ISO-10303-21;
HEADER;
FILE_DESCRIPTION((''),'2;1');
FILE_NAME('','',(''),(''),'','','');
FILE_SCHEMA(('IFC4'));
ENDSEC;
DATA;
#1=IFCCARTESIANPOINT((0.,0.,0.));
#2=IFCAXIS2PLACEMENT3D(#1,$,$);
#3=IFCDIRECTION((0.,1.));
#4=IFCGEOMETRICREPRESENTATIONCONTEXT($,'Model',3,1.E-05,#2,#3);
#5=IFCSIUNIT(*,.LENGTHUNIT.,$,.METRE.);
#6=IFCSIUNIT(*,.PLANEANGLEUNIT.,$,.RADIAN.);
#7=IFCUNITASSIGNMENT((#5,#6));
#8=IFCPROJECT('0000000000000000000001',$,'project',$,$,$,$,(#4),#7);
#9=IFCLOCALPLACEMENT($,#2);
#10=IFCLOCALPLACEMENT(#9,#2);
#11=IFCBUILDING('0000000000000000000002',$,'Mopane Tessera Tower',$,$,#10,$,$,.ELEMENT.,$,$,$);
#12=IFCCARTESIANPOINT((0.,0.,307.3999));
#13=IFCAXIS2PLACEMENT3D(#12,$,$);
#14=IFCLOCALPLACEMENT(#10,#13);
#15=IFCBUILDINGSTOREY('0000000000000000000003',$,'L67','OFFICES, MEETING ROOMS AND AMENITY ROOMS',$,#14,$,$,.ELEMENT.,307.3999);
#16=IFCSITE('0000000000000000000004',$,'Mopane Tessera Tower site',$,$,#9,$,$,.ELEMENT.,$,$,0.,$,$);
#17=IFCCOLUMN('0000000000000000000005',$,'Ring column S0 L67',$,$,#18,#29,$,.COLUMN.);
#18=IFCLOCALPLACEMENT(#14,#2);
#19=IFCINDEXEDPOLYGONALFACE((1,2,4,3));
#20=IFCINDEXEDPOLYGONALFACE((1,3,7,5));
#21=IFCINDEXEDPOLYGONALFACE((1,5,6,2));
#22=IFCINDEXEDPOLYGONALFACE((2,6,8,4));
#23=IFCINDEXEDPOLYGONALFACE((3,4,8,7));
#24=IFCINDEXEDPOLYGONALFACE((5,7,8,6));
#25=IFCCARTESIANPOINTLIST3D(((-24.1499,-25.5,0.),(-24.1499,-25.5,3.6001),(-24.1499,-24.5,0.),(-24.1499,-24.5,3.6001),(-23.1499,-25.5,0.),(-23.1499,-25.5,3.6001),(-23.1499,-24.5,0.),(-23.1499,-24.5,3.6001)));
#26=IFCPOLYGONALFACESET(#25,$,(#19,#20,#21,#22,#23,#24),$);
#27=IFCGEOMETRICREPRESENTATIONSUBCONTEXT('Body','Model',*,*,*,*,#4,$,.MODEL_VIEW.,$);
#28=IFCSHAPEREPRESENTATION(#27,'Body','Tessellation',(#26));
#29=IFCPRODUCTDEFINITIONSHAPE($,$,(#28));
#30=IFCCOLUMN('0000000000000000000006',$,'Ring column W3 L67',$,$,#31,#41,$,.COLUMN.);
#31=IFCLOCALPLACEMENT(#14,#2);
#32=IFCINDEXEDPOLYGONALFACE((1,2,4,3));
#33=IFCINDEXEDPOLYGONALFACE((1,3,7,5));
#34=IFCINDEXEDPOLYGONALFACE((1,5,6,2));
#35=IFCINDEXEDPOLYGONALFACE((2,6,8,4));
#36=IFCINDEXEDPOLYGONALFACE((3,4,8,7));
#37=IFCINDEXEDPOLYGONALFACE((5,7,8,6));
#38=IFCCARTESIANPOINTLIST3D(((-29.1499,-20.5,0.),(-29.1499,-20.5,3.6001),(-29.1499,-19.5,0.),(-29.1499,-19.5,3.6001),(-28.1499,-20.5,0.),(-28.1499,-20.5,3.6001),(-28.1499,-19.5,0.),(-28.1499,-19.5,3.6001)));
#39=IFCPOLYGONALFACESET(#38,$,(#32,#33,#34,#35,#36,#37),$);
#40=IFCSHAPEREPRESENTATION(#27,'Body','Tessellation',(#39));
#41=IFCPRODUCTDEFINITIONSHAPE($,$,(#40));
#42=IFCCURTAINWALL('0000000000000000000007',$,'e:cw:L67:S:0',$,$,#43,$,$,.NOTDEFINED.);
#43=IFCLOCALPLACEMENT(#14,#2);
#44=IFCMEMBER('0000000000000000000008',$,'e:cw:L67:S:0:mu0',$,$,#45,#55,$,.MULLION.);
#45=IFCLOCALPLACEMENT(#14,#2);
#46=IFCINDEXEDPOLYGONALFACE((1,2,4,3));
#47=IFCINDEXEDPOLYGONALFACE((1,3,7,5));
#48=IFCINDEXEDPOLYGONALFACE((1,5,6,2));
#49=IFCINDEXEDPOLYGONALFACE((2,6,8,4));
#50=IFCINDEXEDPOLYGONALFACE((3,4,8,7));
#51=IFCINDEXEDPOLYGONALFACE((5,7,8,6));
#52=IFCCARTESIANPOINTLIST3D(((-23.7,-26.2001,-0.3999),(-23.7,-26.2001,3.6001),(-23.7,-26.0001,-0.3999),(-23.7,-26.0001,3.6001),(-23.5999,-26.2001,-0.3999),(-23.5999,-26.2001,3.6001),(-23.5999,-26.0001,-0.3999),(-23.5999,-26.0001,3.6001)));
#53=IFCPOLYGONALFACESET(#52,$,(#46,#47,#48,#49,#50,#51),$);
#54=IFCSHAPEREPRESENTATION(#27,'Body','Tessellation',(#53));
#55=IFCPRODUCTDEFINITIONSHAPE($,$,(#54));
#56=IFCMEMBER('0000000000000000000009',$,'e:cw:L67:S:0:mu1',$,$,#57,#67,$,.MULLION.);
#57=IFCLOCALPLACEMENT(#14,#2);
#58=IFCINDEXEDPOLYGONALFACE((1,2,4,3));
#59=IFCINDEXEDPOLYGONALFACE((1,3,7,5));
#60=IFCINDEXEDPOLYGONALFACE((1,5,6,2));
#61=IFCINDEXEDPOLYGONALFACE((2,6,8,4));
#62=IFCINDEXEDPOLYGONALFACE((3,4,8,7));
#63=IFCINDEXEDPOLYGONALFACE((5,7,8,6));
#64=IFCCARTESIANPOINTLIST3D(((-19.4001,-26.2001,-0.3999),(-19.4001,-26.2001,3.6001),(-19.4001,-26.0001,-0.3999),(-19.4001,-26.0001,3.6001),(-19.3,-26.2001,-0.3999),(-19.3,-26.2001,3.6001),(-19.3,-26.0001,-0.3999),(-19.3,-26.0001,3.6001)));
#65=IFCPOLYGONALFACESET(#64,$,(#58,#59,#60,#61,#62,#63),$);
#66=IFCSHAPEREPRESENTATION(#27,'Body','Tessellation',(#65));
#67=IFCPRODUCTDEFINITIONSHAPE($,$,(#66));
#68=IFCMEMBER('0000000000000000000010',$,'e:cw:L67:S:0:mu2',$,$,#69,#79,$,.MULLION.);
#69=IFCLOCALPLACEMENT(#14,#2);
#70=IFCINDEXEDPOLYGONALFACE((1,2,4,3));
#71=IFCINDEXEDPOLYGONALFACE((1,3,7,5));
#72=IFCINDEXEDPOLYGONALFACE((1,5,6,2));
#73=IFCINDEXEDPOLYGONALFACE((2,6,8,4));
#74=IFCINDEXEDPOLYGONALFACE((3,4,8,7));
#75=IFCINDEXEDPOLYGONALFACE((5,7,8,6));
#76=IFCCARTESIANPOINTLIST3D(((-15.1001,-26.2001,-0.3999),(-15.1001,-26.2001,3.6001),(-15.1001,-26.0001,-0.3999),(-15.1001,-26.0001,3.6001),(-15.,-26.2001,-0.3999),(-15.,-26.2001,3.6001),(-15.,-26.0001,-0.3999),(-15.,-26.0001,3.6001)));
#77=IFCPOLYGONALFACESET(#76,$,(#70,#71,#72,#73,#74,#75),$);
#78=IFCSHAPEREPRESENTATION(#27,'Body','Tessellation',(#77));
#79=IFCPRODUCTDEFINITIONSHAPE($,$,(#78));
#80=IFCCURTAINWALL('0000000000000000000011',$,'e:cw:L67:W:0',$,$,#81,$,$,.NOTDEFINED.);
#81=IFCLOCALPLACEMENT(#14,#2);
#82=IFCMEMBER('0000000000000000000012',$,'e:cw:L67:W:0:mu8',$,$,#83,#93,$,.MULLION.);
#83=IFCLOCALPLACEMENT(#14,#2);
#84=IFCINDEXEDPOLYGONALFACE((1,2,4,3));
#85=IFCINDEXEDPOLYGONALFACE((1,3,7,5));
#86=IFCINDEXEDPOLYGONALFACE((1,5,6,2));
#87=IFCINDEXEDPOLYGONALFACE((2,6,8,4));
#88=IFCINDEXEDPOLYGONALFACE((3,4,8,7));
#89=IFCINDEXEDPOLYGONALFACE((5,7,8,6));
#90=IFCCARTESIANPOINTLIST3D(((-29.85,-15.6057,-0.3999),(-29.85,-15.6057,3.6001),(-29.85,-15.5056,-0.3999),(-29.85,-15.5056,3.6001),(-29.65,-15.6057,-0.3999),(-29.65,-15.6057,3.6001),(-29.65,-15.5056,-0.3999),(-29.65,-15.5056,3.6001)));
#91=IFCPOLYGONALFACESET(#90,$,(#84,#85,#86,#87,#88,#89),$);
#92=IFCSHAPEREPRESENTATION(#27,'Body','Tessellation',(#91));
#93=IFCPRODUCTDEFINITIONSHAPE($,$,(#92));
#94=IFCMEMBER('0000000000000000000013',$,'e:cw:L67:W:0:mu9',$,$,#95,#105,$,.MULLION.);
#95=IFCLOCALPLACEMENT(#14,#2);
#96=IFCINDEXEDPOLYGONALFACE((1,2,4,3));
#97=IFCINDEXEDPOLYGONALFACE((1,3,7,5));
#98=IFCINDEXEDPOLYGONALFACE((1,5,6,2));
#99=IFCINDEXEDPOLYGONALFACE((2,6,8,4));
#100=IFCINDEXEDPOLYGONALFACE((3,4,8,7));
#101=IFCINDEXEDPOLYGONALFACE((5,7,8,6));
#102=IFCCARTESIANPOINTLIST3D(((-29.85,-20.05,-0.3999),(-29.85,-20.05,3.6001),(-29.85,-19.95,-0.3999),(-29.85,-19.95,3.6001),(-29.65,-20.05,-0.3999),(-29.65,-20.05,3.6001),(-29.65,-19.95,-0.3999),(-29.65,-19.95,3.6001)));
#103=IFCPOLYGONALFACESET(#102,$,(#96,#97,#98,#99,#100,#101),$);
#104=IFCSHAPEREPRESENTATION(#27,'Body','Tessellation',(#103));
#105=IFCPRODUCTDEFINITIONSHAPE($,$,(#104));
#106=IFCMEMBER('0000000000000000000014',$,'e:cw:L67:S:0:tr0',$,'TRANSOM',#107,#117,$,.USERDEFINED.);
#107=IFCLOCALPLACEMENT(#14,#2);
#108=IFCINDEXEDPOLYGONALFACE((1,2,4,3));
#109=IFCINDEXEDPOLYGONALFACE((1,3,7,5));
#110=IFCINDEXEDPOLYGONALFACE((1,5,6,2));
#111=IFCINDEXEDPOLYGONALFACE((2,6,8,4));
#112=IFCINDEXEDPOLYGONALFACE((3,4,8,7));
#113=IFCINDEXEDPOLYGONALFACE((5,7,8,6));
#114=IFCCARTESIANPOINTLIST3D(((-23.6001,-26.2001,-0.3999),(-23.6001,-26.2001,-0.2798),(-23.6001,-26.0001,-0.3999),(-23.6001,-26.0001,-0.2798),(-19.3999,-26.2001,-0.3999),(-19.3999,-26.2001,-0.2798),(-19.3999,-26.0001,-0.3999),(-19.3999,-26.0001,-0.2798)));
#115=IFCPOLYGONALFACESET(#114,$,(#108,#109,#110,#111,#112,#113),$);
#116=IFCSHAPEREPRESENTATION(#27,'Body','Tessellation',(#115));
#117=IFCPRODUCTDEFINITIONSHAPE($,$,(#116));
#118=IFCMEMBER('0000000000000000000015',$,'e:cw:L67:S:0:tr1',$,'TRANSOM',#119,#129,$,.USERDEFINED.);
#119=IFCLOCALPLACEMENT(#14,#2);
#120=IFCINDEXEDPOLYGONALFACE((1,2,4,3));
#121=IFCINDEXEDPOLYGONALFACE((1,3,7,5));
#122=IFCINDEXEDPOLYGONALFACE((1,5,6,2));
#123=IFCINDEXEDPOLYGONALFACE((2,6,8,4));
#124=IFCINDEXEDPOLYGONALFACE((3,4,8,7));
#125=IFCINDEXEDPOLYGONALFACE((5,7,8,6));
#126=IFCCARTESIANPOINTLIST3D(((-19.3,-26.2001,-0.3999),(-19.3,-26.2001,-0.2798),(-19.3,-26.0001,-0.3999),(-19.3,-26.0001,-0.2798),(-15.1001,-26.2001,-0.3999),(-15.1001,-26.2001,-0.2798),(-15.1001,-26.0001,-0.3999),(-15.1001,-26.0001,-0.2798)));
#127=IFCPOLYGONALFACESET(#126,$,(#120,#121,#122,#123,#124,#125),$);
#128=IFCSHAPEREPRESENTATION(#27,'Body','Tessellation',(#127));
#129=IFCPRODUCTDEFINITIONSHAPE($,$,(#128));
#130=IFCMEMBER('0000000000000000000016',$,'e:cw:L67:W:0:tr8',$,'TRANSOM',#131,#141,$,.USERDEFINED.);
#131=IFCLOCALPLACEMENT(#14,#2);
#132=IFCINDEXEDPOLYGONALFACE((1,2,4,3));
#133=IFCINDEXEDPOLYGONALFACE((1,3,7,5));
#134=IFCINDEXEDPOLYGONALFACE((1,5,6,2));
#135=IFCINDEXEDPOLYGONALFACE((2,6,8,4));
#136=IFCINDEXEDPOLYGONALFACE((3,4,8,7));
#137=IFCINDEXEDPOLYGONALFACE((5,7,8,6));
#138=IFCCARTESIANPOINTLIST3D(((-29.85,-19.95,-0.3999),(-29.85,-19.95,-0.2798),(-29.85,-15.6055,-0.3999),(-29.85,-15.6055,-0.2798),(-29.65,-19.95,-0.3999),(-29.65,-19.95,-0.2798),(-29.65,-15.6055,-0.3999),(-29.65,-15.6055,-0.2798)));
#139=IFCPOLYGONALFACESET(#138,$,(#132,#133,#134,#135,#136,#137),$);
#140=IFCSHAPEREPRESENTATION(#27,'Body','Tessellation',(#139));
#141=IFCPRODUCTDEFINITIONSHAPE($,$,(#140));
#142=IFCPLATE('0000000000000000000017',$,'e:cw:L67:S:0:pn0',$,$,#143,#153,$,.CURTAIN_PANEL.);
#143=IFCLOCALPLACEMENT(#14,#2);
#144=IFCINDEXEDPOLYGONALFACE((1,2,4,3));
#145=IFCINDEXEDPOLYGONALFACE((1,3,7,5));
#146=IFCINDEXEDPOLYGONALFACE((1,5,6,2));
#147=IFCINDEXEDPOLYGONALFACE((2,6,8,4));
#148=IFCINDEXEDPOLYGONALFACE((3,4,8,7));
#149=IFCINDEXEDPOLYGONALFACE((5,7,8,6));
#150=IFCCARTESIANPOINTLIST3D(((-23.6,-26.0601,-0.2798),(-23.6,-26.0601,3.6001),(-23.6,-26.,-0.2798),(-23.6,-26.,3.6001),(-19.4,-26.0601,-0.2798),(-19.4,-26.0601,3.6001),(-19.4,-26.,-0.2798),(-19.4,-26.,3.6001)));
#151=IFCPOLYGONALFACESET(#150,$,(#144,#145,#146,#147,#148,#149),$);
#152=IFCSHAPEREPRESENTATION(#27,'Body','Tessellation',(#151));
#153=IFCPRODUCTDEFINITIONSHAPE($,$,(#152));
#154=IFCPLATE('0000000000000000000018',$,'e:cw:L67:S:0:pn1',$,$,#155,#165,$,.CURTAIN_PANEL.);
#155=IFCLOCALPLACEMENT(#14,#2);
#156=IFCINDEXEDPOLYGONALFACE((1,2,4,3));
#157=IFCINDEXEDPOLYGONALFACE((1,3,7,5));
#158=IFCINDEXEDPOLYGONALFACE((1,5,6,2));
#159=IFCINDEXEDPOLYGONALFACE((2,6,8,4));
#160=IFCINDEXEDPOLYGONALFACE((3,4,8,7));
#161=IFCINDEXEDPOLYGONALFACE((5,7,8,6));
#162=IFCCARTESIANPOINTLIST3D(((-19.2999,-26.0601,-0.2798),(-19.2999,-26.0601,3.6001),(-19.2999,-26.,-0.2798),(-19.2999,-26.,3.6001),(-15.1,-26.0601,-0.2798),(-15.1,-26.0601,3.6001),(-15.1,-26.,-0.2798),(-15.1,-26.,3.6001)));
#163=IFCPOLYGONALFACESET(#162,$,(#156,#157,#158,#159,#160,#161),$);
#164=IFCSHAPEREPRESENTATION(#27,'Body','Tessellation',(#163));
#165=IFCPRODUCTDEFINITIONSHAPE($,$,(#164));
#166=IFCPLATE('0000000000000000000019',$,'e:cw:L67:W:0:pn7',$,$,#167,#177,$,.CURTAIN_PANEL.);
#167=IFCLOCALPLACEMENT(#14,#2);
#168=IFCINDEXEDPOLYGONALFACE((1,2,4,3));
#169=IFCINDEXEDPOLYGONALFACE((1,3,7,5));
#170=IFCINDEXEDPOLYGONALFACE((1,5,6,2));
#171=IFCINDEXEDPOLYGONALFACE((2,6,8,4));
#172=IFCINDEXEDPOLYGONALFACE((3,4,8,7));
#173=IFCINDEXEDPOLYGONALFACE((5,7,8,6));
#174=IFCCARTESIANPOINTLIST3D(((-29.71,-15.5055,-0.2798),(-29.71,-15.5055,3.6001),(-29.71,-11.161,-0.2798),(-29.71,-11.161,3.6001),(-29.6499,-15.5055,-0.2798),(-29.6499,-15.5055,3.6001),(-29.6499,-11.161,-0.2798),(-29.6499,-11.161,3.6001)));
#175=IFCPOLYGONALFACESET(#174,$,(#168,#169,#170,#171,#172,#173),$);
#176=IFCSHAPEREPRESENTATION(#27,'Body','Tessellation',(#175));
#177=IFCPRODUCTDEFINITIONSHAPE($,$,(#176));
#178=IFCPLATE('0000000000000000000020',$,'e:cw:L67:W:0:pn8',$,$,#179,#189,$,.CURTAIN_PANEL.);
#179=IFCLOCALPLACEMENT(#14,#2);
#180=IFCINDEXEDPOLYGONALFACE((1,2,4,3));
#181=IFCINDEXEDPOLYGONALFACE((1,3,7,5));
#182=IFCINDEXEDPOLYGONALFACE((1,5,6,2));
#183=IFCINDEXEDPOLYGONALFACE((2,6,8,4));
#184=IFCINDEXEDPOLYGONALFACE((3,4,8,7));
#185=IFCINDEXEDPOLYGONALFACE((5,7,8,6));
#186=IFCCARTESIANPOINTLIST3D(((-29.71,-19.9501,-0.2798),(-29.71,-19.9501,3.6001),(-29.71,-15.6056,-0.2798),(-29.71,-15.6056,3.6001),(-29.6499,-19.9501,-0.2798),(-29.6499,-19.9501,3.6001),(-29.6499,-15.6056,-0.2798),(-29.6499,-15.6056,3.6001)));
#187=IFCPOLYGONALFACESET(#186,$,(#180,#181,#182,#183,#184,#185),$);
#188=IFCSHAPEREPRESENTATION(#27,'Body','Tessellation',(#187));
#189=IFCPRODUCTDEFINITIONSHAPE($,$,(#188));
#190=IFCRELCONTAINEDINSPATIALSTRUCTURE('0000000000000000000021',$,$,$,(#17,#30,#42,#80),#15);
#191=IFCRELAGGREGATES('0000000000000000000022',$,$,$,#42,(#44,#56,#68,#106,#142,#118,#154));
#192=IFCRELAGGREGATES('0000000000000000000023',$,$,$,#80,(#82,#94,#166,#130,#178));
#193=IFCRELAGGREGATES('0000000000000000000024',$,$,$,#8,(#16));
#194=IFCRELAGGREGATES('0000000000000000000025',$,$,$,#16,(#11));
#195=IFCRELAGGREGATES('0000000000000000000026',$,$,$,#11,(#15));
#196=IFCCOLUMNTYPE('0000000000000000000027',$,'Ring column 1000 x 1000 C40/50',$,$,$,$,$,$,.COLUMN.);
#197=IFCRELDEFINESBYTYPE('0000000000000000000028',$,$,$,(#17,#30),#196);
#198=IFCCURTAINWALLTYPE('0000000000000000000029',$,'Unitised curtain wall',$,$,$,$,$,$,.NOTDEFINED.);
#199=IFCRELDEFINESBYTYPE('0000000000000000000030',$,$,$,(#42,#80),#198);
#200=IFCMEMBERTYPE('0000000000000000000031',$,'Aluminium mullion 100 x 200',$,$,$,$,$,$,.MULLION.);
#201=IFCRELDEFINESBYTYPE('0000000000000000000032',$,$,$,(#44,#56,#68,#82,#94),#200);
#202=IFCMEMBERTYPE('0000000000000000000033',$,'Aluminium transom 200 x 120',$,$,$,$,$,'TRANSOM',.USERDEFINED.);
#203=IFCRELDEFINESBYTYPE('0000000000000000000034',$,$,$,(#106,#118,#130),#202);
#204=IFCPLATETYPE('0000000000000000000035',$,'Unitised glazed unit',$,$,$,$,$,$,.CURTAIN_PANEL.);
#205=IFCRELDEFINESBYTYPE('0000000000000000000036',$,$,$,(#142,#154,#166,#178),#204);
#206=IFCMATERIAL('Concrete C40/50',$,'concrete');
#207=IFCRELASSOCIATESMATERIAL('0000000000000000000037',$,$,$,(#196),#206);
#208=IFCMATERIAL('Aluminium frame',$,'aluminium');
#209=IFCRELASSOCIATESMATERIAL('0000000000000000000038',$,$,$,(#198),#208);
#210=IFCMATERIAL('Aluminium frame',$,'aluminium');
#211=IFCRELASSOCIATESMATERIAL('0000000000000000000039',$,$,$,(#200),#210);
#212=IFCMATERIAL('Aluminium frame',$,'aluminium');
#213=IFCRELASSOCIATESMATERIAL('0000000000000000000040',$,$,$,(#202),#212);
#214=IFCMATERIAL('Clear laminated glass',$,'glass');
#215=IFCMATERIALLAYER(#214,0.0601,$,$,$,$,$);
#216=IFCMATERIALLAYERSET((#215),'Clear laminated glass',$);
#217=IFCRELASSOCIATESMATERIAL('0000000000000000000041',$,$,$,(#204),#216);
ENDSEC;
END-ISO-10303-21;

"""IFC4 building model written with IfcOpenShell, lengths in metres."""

from ifc_helpers import new_model, si_unit, direction, frame, origin, origin_2d, place, context, subcontext, project, spatial, rectangle, extrude, material, layer, layer_set, material_profile, profile_set, type_object, element, aggregate, save


model = new_model("IFC4")

# Units and contexts
model_context = context("Model", 3, precision=1e-05, world=origin(), true_north=direction((0.0, 1.0)))
body_context = subcontext(model_context, "Body", "Model", "MODEL_VIEW")
ifc_project = project(units=[si_unit("LENGTHUNIT", "METRE"), si_unit("PLANEANGLEUNIT", "RADIAN")], contexts=[model_context])

# Site, building, storey
site_placement = place(None, origin())
site = spatial("IfcSite", under=ifc_project, at=site_placement, Name="Mopane Tessera Tower site", CompositionType="ELEMENT", RefElevation=0.0)
building_placement = place(site_placement, origin())
building = spatial("IfcBuilding", under=site, at=building_placement, Name="Mopane Tessera Tower", CompositionType="ELEMENT")
storey_placement = place(building_placement, frame((0.0, 0.0, 307.3999)))
storey = spatial("IfcBuildingStorey", under=building, at=storey_placement, Name="L67", Description="OFFICES, MEETING ROOMS AND AMENITY ROOMS", CompositionType="ELEMENT", Elevation=307.3999)

# Columns
ifc_material_1 = material(Name="Concrete C40/50", Category="concrete")
ifc_material_profile_1 = material_profile(ifc_material_1, rectangle(XDim=1.0, YDim=1.0, at=origin_2d()))
ifc_profile_set_1 = profile_set([ifc_material_profile_1], Name="Concrete C40/50")
column_type = type_object("IfcColumnType", Name="Ring column 1000 x 1000 C40/50", PredefinedType="COLUMN", material=ifc_profile_set_1)
for number, where, z_axis, x_axis, name in (
    (1, (-23.6499, -25.0, 0.0), (0.0, 0.0, 1.0), (1.0, 0.0, 0.0), "Ring column S0 L67"),
    (2, (-28.6499, -20.0, 0.0), (0.0, 0.0, 1.0), (1.0, 0.0, 0.0), "Ring column W3 L67"),
):
    element("IfcColumn", number, at=place(storey_placement, frame(where, z_axis=z_axis, x_axis=x_axis)), inside=storey, type_object=column_type, Name=name, PredefinedType="COLUMN", context=body_context, shape_type="SweptSolid", body=[
        extrude(rectangle(XDim=1.0, YDim=1.0, at=origin_2d()), origin(), (0.0, 0.0, 1.0), 3.6001),
    ])

# Curtain walls, members
ifc_material_2 = material(Name="Aluminium frame", Category="aluminium")
curtain_wall_type = type_object("IfcCurtainWallType", Name="Unitised curtain wall", PredefinedType="NOTDEFINED", material=ifc_material_2)
curtain_wall_1_placement = place(storey_placement, origin())
curtain_wall_1 = element("IfcCurtainWall", 3, at=curtain_wall_1_placement, inside=storey, type_object=curtain_wall_type, Name="e:cw:L67:S:0", PredefinedType="NOTDEFINED")
ifc_material_3 = material(Name="Aluminium frame", Category="aluminium")
ifc_material_profile_2 = material_profile(ifc_material_3, rectangle(XDim=0.1001, YDim=0.2, at=origin_2d()))
ifc_profile_set_2 = profile_set([ifc_material_profile_2], Name="Aluminium frame")
member_type_1 = type_object("IfcMemberType", Name="Aluminium mullion 100 x 200", PredefinedType="MULLION", material=ifc_profile_set_2)
member_1_placement = place(storey_placement, frame((-23.6499, -26.1001, -0.3999), z_axis=(0.0, 0.0, 1.0), x_axis=(1.0, 0.0, 0.0)))
member_1 = element("IfcMember", 4, at=member_1_placement, type_object=member_type_1, Name="e:cw:L67:S:0:mu0", PredefinedType="MULLION", context=body_context, shape_type="SweptSolid", body=[
    extrude(rectangle(XDim=0.1001, YDim=0.2, at=origin_2d()), origin(), (0.0, 0.0, 1.0), 4.0),
])
member_2_placement = place(storey_placement, frame((-19.3501, -26.1001, -0.3999), z_axis=(0.0, 0.0, 1.0), x_axis=(1.0, 0.0, 0.0)))
member_2 = element("IfcMember", 5, at=member_2_placement, type_object=member_type_1, Name="e:cw:L67:S:0:mu1", PredefinedType="MULLION", context=body_context, shape_type="SweptSolid", body=[
    extrude(rectangle(XDim=0.1001, YDim=0.2, at=origin_2d()), origin(), (0.0, 0.0, 1.0), 4.0),
])
member_3_placement = place(storey_placement, frame((-15.05, -26.1001, -0.3999), z_axis=(0.0, 0.0, 1.0), x_axis=(1.0, 0.0, 0.0)))
member_3 = element("IfcMember", 6, at=member_3_placement, type_object=member_type_1, Name="e:cw:L67:S:0:mu2", PredefinedType="MULLION", context=body_context, shape_type="SweptSolid", body=[
    extrude(rectangle(XDim=0.1001, YDim=0.2, at=origin_2d()), origin(), (0.0, 0.0, 1.0), 4.0),
])
curtain_wall_2_placement = place(storey_placement, origin())
curtain_wall_2 = element("IfcCurtainWall", 7, at=curtain_wall_2_placement, inside=storey, type_object=curtain_wall_type, Name="e:cw:L67:W:0", PredefinedType="NOTDEFINED")
member_4_placement = place(storey_placement, frame((-29.75, -15.5557, -0.3999), z_axis=(0.0, 0.0, 1.0), x_axis=(0.0, -1.0, 0.0)))
member_4 = element("IfcMember", 8, at=member_4_placement, type_object=member_type_1, Name="e:cw:L67:W:0:mu8", PredefinedType="MULLION", context=body_context, shape_type="SweptSolid", body=[
    extrude(rectangle(XDim=0.1001, YDim=0.2, at=origin_2d()), origin(), (0.0, 0.0, 1.0), 4.0),
])
member_5_placement = place(storey_placement, frame((-29.75, -20.0, -0.3999), z_axis=(0.0, 0.0, 1.0), x_axis=(0.0, -1.0, 0.0)))
member_5 = element("IfcMember", 9, at=member_5_placement, type_object=member_type_1, Name="e:cw:L67:W:0:mu9", PredefinedType="MULLION", context=body_context, shape_type="SweptSolid", body=[
    extrude(rectangle(XDim=0.1001, YDim=0.2, at=origin_2d()), origin(), (0.0, 0.0, 1.0), 4.0),
])

# Members
ifc_material_4 = material(Name="Aluminium frame", Category="aluminium")
ifc_material_profile_3 = material_profile(ifc_material_4, rectangle(XDim=0.2, YDim=0.1201, at=origin_2d()))
ifc_profile_set_3 = profile_set([ifc_material_profile_3], Name="Aluminium frame")
member_type_2 = type_object("IfcMemberType", Name="Aluminium transom 200 x 120", ElementType="TRANSOM", PredefinedType="USERDEFINED", material=ifc_profile_set_3)
member_6_placement = place(storey_placement, frame((-23.6001, -26.1001, -0.3398), z_axis=(1.0, 0.0, 0.0), x_axis=(0.0, 1.0, 0.0)))
member_6 = element("IfcMember", 10, at=member_6_placement, type_object=member_type_2, Name="e:cw:L67:S:0:tr0", ObjectType="TRANSOM", PredefinedType="USERDEFINED", context=body_context, shape_type="SweptSolid", body=[
    extrude(rectangle(XDim=0.2, YDim=0.1201, at=origin_2d()), origin(), (0.0, 0.0, 1.0), 4.2002),
])
member_7_placement = place(storey_placement, frame((-19.3, -26.1001, -0.3398), z_axis=(1.0, 0.0, 0.0), x_axis=(0.0, 1.0, 0.0)))
member_7 = element("IfcMember", 11, at=member_7_placement, type_object=member_type_2, Name="e:cw:L67:S:0:tr1", ObjectType="TRANSOM", PredefinedType="USERDEFINED", context=body_context, shape_type="SweptSolid", body=[
    extrude(rectangle(XDim=0.2, YDim=0.1201, at=origin_2d()), origin(), (0.0, 0.0, 1.0), 4.2),
])
member_8_placement = place(storey_placement, frame((-29.75, -15.6055, -0.3398), z_axis=(0.0, -1.0, 0.0), x_axis=(1.0, 0.0, 0.0)))
member_8 = element("IfcMember", 12, at=member_8_placement, type_object=member_type_2, Name="e:cw:L67:W:0:tr8", ObjectType="TRANSOM", PredefinedType="USERDEFINED", context=body_context, shape_type="SweptSolid", body=[
    extrude(rectangle(XDim=0.2, YDim=0.1201, at=origin_2d()), origin(), (0.0, 0.0, 1.0), 4.3445),
])

# Plates
ifc_material_5 = material(Name="Clear laminated glass", Category="glass")
ifc_layer_1 = layer(ifc_material_5, 0.0601)
ifc_layer_set_1 = layer_set([ifc_layer_1], Name="Clear laminated glass")
plate_type = type_object("IfcPlateType", Name="Unitised glazed unit", PredefinedType="CURTAIN_PANEL", material=ifc_layer_set_1)
plate_1_placement = place(storey_placement, frame((-21.5, -26.03, -0.2798), z_axis=(0.0, 0.0, 1.0), x_axis=(1.0, 0.0, 0.0)))
plate_1 = element("IfcPlate", 13, at=plate_1_placement, type_object=plate_type, Name="e:cw:L67:S:0:pn0", PredefinedType="CURTAIN_PANEL", context=body_context, shape_type="SweptSolid", body=[
    extrude(rectangle(XDim=4.2, YDim=0.0601, at=origin_2d()), origin(), (0.0, 0.0, 1.0), 3.8799),
])
plate_2_placement = place(storey_placement, frame((-17.2, -26.03, -0.2798), z_axis=(0.0, 0.0, 1.0), x_axis=(1.0, 0.0, 0.0)))
plate_2 = element("IfcPlate", 14, at=plate_2_placement, type_object=plate_type, Name="e:cw:L67:S:0:pn1", PredefinedType="CURTAIN_PANEL", context=body_context, shape_type="SweptSolid", body=[
    extrude(rectangle(XDim=4.2, YDim=0.0601, at=origin_2d()), origin(), (0.0, 0.0, 1.0), 3.8799),
])
aggregate(curtain_wall_1, [member_1, member_2, member_3, member_6, plate_1, member_7, plate_2])
plate_3_placement = place(storey_placement, frame((-29.6799, -13.3333, -0.2798), z_axis=(0.0, 0.0, 1.0), x_axis=(0.0, -1.0, 0.0)))
plate_3 = element("IfcPlate", 15, at=plate_3_placement, type_object=plate_type, Name="e:cw:L67:W:0:pn7", PredefinedType="CURTAIN_PANEL", context=body_context, shape_type="SweptSolid", body=[
    extrude(rectangle(XDim=4.3445, YDim=0.0601, at=origin_2d()), origin(), (0.0, 0.0, 1.0), 3.8799),
])
plate_4_placement = place(storey_placement, frame((-29.6799, -17.7778, -0.2798), z_axis=(0.0, 0.0, 1.0), x_axis=(0.0, -1.0, 0.0)))
plate_4 = element("IfcPlate", 16, at=plate_4_placement, type_object=plate_type, Name="e:cw:L67:W:0:pn8", PredefinedType="CURTAIN_PANEL", context=body_context, shape_type="SweptSolid", body=[
    extrude(rectangle(XDim=4.3445, YDim=0.0601, at=origin_2d()), origin(), (0.0, 0.0, 1.0), 3.8799),
])
aggregate(curtain_wall_2, [member_4, member_5, plate_3, member_8, plate_4])

save(model, "model.ifc")
